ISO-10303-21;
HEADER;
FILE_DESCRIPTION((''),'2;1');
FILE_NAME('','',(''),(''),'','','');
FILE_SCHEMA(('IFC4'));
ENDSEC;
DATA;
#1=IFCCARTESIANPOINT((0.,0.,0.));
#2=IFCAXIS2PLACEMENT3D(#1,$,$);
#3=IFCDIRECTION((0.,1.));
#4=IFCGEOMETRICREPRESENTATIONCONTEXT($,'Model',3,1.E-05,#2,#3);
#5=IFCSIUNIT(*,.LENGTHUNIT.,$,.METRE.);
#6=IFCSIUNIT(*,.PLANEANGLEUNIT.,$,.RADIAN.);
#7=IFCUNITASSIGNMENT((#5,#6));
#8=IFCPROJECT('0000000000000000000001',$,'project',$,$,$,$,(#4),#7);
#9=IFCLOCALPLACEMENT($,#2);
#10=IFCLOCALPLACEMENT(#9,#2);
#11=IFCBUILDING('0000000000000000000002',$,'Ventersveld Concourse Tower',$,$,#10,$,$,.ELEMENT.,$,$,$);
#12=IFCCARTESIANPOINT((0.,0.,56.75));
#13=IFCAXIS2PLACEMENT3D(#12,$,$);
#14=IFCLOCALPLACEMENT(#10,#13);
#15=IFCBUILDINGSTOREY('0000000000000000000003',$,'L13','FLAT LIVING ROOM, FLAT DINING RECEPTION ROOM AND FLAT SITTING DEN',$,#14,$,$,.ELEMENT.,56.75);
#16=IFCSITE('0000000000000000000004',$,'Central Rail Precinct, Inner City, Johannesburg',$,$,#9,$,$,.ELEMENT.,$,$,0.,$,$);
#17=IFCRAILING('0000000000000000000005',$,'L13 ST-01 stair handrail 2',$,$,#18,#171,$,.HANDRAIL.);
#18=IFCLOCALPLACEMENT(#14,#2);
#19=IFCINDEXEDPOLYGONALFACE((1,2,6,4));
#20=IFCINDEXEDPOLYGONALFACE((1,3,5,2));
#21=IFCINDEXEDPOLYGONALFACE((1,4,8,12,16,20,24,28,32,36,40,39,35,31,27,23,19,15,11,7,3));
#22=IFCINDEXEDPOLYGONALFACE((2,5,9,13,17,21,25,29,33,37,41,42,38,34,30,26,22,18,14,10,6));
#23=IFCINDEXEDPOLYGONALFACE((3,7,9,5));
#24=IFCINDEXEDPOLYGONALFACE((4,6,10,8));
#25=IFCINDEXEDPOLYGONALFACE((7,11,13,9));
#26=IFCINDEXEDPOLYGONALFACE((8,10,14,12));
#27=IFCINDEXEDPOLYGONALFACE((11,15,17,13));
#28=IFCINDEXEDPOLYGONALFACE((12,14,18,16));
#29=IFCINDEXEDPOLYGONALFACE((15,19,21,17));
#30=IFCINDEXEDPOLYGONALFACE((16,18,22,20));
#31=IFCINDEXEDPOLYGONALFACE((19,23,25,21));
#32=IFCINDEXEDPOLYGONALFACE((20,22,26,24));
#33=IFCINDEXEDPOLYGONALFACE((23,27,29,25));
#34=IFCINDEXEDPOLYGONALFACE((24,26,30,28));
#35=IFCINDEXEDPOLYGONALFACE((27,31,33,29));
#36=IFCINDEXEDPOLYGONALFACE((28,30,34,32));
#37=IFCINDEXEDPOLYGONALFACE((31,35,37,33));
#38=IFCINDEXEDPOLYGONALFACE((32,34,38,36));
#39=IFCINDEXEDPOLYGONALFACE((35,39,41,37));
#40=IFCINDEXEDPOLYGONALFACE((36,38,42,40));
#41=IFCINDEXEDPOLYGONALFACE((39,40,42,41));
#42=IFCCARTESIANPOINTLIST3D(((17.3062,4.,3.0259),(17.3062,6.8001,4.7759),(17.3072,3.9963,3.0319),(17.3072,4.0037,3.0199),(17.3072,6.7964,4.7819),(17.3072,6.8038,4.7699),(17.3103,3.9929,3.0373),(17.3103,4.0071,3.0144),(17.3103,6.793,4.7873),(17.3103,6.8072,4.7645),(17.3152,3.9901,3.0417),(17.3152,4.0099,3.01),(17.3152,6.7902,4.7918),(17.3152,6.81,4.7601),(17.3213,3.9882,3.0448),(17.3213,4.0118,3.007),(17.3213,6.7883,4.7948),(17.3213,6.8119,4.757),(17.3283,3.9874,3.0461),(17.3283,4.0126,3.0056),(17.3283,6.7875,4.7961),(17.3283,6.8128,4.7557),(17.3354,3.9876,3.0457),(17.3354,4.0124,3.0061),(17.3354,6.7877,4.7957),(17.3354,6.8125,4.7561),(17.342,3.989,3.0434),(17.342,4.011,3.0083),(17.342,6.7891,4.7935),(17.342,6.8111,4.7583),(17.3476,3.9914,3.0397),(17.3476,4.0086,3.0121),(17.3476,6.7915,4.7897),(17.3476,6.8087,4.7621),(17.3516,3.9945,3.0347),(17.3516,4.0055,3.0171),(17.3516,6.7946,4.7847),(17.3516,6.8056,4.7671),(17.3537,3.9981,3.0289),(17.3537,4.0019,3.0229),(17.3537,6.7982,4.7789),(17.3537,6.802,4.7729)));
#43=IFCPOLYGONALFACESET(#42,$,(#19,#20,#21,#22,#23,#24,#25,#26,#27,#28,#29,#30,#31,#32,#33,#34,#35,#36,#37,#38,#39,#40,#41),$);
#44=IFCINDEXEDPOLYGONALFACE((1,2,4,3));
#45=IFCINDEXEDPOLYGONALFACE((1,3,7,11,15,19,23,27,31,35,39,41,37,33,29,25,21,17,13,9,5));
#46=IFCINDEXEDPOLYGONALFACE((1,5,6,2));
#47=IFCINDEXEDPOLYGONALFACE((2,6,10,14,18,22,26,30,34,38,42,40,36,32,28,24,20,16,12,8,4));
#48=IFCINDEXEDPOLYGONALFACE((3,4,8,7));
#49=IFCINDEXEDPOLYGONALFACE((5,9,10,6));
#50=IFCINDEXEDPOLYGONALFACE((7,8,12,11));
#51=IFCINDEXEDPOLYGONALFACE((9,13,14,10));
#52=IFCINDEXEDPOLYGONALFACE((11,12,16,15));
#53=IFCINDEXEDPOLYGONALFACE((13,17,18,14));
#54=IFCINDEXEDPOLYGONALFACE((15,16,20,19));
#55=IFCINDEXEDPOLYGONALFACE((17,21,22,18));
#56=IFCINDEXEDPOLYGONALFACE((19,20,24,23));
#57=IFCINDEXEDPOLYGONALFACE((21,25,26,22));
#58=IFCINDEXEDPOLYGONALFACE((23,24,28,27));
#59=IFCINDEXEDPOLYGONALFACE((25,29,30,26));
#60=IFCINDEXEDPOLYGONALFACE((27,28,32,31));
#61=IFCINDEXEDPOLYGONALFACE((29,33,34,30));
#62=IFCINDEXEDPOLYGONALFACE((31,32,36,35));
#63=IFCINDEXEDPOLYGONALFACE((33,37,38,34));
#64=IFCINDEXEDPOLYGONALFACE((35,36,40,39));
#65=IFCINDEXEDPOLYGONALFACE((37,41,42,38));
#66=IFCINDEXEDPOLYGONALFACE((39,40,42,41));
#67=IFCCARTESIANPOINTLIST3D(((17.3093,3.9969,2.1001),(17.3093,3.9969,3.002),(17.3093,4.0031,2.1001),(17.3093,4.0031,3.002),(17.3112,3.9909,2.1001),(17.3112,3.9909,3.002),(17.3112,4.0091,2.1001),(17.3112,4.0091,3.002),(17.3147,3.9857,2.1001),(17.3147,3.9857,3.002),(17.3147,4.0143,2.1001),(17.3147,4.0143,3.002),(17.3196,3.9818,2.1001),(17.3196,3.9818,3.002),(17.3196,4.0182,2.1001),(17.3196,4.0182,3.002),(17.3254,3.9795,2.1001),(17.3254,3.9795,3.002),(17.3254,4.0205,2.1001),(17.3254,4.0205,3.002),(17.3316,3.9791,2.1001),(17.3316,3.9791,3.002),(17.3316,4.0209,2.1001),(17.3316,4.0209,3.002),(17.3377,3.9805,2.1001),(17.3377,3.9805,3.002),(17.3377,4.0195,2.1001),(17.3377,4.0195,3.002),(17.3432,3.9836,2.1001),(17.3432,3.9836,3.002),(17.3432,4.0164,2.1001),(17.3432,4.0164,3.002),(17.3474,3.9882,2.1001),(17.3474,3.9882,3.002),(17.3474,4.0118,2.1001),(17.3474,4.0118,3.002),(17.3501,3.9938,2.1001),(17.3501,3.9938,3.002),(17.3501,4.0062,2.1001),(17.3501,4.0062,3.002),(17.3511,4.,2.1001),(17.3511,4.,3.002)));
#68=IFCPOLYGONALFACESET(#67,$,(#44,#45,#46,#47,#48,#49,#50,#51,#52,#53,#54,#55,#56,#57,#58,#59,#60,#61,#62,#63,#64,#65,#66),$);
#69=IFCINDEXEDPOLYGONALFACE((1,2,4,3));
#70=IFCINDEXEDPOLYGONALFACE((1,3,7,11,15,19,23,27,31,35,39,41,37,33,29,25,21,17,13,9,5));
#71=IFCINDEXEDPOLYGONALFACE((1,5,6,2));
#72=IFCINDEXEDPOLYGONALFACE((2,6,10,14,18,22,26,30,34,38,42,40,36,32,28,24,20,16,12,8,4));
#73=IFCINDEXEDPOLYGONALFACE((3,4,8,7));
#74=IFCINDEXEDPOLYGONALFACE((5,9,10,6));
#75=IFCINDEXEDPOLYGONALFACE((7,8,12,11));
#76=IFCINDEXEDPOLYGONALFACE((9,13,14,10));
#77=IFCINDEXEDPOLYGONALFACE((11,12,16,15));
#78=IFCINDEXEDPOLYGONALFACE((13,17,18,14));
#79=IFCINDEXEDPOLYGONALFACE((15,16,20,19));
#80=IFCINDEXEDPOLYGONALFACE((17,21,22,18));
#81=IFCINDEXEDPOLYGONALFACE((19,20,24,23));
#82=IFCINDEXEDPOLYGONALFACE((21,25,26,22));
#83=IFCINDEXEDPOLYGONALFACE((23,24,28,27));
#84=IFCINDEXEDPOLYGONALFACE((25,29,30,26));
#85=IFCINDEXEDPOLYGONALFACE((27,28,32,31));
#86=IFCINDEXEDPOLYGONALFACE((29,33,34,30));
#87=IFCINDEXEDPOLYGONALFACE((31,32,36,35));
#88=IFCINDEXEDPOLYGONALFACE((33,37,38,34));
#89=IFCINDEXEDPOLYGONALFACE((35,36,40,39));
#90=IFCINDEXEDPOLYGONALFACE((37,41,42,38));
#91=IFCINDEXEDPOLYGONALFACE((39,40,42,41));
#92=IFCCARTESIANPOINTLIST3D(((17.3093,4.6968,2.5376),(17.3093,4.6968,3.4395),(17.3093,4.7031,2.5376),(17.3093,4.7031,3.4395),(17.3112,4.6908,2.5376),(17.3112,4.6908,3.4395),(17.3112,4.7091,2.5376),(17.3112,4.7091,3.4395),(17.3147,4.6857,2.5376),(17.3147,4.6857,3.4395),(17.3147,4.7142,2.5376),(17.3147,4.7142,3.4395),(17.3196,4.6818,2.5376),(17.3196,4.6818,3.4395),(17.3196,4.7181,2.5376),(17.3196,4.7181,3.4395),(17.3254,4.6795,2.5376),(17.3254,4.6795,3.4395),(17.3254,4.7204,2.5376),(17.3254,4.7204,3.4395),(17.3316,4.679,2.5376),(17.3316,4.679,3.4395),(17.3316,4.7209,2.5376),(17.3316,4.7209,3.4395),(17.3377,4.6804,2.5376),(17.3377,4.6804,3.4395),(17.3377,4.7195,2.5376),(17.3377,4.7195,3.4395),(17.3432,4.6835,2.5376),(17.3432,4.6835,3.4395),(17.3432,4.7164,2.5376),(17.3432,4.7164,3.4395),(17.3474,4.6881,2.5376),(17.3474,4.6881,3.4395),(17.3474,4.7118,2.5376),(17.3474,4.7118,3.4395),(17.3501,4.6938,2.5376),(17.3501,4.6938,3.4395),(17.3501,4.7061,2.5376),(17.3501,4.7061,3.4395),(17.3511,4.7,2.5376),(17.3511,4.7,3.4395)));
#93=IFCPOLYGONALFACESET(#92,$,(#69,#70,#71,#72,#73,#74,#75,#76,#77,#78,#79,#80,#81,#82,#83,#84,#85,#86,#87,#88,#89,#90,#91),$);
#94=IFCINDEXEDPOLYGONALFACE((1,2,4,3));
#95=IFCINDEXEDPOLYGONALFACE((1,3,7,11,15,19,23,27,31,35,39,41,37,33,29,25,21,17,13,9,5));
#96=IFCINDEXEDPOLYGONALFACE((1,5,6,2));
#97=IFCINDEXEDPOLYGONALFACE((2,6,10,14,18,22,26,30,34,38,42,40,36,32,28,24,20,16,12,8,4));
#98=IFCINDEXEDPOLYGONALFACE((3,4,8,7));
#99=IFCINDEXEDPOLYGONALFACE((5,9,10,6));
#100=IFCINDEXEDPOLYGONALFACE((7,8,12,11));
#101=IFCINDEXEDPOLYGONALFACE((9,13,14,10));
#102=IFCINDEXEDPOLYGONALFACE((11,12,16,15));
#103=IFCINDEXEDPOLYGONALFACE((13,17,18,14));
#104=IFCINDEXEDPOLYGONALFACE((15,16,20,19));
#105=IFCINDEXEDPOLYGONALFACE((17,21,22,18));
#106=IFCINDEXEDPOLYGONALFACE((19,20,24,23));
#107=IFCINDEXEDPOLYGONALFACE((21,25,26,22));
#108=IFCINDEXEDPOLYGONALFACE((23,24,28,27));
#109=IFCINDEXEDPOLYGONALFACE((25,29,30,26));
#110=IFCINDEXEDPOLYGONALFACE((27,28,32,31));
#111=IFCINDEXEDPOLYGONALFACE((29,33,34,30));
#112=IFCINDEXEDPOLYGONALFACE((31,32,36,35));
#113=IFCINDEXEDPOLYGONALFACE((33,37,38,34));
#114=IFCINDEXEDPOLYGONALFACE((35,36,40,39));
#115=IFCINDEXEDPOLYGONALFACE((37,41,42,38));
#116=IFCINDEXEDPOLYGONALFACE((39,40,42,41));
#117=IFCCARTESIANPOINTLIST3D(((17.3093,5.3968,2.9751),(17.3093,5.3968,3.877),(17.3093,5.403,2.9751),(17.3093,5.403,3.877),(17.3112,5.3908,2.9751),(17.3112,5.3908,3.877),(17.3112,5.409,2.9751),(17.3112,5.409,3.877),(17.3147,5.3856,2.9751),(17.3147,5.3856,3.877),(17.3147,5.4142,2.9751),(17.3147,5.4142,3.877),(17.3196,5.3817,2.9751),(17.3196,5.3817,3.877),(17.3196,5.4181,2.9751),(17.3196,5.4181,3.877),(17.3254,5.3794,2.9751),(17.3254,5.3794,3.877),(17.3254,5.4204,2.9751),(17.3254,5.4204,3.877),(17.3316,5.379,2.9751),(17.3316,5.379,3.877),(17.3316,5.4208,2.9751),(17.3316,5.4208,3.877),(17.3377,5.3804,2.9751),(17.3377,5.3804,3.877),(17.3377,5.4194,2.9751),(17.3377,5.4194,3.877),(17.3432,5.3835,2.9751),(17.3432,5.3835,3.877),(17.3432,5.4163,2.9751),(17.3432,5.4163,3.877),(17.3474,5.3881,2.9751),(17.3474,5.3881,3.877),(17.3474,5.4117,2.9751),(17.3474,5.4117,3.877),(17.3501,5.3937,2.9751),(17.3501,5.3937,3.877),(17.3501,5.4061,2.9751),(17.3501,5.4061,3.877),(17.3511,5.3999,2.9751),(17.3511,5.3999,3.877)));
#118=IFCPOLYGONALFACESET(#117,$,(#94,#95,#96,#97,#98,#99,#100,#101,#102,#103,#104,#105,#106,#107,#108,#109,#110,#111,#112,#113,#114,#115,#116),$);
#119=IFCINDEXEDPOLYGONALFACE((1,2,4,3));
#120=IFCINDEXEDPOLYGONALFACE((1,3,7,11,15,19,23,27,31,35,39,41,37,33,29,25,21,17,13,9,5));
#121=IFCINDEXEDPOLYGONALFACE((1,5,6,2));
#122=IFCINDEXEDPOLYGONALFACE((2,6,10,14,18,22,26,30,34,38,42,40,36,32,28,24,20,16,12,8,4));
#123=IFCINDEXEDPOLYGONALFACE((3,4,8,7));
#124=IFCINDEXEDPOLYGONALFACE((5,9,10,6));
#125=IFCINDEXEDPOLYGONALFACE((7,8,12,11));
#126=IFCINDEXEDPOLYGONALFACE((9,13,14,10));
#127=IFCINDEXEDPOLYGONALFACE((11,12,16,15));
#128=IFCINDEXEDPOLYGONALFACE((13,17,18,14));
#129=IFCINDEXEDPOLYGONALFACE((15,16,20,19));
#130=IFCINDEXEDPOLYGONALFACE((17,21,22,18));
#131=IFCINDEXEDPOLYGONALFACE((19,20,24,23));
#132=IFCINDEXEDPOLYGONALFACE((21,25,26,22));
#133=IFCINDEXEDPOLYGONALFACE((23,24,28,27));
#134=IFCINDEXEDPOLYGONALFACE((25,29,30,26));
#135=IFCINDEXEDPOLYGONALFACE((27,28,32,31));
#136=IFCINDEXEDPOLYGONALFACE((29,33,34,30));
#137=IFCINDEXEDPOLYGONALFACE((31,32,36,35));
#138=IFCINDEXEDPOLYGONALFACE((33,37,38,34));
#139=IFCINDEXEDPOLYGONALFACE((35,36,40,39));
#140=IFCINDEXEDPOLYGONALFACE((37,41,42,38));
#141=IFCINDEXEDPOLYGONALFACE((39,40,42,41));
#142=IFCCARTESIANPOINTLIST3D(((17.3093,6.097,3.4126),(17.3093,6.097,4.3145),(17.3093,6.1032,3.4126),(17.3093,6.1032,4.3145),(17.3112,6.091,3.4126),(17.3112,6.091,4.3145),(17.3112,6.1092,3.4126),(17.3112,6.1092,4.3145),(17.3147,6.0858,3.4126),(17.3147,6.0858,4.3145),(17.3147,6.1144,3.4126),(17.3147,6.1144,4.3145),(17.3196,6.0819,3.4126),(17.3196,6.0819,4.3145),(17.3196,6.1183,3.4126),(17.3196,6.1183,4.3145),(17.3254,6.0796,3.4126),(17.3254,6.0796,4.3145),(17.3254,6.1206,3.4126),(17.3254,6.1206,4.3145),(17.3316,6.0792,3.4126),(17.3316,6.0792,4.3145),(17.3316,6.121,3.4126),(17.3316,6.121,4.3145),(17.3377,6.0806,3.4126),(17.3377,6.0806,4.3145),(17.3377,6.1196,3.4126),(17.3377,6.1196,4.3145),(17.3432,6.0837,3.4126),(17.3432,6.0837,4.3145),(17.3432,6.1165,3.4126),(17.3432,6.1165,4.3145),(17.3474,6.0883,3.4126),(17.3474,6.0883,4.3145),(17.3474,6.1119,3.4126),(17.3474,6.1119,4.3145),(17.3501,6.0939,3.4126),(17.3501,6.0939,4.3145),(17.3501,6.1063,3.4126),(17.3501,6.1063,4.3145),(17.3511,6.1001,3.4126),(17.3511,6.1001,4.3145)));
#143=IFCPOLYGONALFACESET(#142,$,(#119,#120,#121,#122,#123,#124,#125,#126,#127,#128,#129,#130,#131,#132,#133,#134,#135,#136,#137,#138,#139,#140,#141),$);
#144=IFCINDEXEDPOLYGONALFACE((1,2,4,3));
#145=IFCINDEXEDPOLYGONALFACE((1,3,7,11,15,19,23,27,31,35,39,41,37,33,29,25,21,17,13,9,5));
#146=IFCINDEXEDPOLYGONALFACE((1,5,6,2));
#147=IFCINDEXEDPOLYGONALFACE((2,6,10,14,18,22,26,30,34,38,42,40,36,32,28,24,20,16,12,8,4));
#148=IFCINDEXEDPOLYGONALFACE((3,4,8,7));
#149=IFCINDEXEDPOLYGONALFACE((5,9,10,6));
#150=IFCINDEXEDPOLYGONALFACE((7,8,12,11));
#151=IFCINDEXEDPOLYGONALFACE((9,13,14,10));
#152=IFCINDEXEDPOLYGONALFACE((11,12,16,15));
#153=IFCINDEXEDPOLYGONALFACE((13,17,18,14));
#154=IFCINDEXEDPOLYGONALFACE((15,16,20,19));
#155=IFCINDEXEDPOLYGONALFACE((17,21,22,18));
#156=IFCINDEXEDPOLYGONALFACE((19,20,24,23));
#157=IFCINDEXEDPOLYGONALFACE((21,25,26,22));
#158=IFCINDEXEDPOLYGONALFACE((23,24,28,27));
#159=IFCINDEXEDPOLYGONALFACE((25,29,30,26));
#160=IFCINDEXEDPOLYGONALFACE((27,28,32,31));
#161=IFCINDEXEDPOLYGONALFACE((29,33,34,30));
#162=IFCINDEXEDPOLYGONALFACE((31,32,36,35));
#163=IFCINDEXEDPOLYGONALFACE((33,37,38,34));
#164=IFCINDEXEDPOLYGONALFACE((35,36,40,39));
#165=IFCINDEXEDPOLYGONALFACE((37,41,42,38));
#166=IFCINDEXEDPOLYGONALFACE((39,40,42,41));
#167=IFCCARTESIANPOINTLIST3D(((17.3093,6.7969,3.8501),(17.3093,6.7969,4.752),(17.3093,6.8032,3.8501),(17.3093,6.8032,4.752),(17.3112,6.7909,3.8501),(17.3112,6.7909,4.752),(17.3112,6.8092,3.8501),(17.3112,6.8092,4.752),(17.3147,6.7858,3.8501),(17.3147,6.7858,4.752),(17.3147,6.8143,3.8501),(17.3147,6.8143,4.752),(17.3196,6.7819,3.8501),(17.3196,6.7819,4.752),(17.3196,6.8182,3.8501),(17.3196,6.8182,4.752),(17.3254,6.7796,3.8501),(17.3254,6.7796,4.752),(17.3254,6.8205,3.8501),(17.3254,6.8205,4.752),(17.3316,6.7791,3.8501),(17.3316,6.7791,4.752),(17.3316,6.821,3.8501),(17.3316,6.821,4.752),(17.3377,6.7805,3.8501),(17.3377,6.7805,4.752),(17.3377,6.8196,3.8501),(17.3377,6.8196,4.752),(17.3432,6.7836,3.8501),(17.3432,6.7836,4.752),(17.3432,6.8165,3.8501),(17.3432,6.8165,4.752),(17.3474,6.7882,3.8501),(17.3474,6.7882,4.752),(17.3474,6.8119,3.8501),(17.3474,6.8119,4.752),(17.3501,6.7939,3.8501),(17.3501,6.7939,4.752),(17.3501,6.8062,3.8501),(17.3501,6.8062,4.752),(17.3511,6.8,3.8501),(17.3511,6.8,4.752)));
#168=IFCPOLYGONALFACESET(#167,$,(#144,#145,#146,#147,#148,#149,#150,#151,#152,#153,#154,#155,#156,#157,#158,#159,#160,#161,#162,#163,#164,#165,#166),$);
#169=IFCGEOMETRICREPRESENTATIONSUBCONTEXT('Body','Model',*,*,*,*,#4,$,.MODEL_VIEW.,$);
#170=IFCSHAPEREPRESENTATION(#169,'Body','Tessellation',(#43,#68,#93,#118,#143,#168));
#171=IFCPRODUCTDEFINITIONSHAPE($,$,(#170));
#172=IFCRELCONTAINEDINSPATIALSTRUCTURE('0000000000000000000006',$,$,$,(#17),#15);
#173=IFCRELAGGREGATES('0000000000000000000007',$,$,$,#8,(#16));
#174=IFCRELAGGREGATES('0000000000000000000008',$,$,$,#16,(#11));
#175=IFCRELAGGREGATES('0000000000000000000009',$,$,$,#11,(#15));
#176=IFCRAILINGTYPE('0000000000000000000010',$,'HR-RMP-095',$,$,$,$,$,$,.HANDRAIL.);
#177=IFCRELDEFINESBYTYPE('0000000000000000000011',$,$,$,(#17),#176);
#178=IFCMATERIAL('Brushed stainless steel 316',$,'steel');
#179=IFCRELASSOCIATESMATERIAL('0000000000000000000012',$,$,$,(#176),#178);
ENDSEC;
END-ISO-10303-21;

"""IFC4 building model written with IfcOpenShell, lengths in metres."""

from ifc_helpers import new_model, si_unit, direction, frame, origin, origin_2d, place, context, subcontext, project, spatial, circle, extrude, material, type_object, element, save


model = new_model("IFC4")

# Units and contexts
model_context = context("Model", 3, precision=1e-05, world=origin(), true_north=direction((0.0, 1.0)))
body_context = subcontext(model_context, "Body", "Model", "MODEL_VIEW")
ifc_project = project(units=[si_unit("LENGTHUNIT", "METRE"), si_unit("PLANEANGLEUNIT", "RADIAN")], contexts=[model_context])

# Site, building, storey
site_placement = place(None, origin())
site = spatial("IfcSite", under=ifc_project, at=site_placement, Name="Central Rail Precinct, Inner City, Johannesburg", CompositionType="ELEMENT", RefElevation=0.0)
building_placement = place(site_placement, origin())
building = spatial("IfcBuilding", under=site, at=building_placement, Name="Ventersveld Concourse Tower", CompositionType="ELEMENT")
storey_placement = place(building_placement, frame((0.0, 0.0, 56.75)))
storey = spatial("IfcBuildingStorey", under=building, at=storey_placement, Name="L13", Description="FLAT LIVING ROOM, FLAT DINING RECEPTION ROOM AND FLAT SITTING DEN", CompositionType="ELEMENT", Elevation=56.75)

# Shared definitions
ifc_material_1 = material(Name="Brushed stainless steel 316", Category="steel")

# Railing
railing_type_1 = type_object("IfcRailingType", Name="HR-RMP-095", PredefinedType="HANDRAIL", material=ifc_material_1)
railing_1_placement = place(storey_placement, frame((17.3301, 4.0, 2.1001)))
element("IfcRailing", 1, at=railing_1_placement, inside=storey, type_object=railing_type_1, Name="L13 ST-01 stair handrail 2", PredefinedType="HANDRAIL", context=body_context, shape_type="SweptSolid", body=[
    extrude(circle(Radius=0.0239, at=origin_2d()), frame((0.0, 0.0, 0.9258), z_axis=(0.0, 0.848002, 0.529992), x_axis=(-1.0, 0.0, 0.0)), (0.0, 0.0, 1.0), 3.302),
    extrude(circle(Radius=0.021, at=origin_2d()), origin(), (0.0, 0.0, 1.0), 0.9019),
    extrude(circle(Radius=0.021, at=origin_2d()), frame((0.0, 0.7, 0.4375)), (0.0, 0.0, 1.0), 0.9019),
    extrude(circle(Radius=0.021, at=origin_2d()), frame((0.0, 1.3999, 0.875)), (0.0, 0.0, 1.0), 0.9019),
    extrude(circle(Radius=0.021, at=origin_2d()), frame((0.0, 2.1001, 1.3125)), (0.0, 0.0, 1.0), 0.9019),
    extrude(circle(Radius=0.021, at=origin_2d()), frame((0.0, 2.8, 1.75)), (0.0, 0.0, 1.0), 0.9019),
])

save(model, "model.ifc")
